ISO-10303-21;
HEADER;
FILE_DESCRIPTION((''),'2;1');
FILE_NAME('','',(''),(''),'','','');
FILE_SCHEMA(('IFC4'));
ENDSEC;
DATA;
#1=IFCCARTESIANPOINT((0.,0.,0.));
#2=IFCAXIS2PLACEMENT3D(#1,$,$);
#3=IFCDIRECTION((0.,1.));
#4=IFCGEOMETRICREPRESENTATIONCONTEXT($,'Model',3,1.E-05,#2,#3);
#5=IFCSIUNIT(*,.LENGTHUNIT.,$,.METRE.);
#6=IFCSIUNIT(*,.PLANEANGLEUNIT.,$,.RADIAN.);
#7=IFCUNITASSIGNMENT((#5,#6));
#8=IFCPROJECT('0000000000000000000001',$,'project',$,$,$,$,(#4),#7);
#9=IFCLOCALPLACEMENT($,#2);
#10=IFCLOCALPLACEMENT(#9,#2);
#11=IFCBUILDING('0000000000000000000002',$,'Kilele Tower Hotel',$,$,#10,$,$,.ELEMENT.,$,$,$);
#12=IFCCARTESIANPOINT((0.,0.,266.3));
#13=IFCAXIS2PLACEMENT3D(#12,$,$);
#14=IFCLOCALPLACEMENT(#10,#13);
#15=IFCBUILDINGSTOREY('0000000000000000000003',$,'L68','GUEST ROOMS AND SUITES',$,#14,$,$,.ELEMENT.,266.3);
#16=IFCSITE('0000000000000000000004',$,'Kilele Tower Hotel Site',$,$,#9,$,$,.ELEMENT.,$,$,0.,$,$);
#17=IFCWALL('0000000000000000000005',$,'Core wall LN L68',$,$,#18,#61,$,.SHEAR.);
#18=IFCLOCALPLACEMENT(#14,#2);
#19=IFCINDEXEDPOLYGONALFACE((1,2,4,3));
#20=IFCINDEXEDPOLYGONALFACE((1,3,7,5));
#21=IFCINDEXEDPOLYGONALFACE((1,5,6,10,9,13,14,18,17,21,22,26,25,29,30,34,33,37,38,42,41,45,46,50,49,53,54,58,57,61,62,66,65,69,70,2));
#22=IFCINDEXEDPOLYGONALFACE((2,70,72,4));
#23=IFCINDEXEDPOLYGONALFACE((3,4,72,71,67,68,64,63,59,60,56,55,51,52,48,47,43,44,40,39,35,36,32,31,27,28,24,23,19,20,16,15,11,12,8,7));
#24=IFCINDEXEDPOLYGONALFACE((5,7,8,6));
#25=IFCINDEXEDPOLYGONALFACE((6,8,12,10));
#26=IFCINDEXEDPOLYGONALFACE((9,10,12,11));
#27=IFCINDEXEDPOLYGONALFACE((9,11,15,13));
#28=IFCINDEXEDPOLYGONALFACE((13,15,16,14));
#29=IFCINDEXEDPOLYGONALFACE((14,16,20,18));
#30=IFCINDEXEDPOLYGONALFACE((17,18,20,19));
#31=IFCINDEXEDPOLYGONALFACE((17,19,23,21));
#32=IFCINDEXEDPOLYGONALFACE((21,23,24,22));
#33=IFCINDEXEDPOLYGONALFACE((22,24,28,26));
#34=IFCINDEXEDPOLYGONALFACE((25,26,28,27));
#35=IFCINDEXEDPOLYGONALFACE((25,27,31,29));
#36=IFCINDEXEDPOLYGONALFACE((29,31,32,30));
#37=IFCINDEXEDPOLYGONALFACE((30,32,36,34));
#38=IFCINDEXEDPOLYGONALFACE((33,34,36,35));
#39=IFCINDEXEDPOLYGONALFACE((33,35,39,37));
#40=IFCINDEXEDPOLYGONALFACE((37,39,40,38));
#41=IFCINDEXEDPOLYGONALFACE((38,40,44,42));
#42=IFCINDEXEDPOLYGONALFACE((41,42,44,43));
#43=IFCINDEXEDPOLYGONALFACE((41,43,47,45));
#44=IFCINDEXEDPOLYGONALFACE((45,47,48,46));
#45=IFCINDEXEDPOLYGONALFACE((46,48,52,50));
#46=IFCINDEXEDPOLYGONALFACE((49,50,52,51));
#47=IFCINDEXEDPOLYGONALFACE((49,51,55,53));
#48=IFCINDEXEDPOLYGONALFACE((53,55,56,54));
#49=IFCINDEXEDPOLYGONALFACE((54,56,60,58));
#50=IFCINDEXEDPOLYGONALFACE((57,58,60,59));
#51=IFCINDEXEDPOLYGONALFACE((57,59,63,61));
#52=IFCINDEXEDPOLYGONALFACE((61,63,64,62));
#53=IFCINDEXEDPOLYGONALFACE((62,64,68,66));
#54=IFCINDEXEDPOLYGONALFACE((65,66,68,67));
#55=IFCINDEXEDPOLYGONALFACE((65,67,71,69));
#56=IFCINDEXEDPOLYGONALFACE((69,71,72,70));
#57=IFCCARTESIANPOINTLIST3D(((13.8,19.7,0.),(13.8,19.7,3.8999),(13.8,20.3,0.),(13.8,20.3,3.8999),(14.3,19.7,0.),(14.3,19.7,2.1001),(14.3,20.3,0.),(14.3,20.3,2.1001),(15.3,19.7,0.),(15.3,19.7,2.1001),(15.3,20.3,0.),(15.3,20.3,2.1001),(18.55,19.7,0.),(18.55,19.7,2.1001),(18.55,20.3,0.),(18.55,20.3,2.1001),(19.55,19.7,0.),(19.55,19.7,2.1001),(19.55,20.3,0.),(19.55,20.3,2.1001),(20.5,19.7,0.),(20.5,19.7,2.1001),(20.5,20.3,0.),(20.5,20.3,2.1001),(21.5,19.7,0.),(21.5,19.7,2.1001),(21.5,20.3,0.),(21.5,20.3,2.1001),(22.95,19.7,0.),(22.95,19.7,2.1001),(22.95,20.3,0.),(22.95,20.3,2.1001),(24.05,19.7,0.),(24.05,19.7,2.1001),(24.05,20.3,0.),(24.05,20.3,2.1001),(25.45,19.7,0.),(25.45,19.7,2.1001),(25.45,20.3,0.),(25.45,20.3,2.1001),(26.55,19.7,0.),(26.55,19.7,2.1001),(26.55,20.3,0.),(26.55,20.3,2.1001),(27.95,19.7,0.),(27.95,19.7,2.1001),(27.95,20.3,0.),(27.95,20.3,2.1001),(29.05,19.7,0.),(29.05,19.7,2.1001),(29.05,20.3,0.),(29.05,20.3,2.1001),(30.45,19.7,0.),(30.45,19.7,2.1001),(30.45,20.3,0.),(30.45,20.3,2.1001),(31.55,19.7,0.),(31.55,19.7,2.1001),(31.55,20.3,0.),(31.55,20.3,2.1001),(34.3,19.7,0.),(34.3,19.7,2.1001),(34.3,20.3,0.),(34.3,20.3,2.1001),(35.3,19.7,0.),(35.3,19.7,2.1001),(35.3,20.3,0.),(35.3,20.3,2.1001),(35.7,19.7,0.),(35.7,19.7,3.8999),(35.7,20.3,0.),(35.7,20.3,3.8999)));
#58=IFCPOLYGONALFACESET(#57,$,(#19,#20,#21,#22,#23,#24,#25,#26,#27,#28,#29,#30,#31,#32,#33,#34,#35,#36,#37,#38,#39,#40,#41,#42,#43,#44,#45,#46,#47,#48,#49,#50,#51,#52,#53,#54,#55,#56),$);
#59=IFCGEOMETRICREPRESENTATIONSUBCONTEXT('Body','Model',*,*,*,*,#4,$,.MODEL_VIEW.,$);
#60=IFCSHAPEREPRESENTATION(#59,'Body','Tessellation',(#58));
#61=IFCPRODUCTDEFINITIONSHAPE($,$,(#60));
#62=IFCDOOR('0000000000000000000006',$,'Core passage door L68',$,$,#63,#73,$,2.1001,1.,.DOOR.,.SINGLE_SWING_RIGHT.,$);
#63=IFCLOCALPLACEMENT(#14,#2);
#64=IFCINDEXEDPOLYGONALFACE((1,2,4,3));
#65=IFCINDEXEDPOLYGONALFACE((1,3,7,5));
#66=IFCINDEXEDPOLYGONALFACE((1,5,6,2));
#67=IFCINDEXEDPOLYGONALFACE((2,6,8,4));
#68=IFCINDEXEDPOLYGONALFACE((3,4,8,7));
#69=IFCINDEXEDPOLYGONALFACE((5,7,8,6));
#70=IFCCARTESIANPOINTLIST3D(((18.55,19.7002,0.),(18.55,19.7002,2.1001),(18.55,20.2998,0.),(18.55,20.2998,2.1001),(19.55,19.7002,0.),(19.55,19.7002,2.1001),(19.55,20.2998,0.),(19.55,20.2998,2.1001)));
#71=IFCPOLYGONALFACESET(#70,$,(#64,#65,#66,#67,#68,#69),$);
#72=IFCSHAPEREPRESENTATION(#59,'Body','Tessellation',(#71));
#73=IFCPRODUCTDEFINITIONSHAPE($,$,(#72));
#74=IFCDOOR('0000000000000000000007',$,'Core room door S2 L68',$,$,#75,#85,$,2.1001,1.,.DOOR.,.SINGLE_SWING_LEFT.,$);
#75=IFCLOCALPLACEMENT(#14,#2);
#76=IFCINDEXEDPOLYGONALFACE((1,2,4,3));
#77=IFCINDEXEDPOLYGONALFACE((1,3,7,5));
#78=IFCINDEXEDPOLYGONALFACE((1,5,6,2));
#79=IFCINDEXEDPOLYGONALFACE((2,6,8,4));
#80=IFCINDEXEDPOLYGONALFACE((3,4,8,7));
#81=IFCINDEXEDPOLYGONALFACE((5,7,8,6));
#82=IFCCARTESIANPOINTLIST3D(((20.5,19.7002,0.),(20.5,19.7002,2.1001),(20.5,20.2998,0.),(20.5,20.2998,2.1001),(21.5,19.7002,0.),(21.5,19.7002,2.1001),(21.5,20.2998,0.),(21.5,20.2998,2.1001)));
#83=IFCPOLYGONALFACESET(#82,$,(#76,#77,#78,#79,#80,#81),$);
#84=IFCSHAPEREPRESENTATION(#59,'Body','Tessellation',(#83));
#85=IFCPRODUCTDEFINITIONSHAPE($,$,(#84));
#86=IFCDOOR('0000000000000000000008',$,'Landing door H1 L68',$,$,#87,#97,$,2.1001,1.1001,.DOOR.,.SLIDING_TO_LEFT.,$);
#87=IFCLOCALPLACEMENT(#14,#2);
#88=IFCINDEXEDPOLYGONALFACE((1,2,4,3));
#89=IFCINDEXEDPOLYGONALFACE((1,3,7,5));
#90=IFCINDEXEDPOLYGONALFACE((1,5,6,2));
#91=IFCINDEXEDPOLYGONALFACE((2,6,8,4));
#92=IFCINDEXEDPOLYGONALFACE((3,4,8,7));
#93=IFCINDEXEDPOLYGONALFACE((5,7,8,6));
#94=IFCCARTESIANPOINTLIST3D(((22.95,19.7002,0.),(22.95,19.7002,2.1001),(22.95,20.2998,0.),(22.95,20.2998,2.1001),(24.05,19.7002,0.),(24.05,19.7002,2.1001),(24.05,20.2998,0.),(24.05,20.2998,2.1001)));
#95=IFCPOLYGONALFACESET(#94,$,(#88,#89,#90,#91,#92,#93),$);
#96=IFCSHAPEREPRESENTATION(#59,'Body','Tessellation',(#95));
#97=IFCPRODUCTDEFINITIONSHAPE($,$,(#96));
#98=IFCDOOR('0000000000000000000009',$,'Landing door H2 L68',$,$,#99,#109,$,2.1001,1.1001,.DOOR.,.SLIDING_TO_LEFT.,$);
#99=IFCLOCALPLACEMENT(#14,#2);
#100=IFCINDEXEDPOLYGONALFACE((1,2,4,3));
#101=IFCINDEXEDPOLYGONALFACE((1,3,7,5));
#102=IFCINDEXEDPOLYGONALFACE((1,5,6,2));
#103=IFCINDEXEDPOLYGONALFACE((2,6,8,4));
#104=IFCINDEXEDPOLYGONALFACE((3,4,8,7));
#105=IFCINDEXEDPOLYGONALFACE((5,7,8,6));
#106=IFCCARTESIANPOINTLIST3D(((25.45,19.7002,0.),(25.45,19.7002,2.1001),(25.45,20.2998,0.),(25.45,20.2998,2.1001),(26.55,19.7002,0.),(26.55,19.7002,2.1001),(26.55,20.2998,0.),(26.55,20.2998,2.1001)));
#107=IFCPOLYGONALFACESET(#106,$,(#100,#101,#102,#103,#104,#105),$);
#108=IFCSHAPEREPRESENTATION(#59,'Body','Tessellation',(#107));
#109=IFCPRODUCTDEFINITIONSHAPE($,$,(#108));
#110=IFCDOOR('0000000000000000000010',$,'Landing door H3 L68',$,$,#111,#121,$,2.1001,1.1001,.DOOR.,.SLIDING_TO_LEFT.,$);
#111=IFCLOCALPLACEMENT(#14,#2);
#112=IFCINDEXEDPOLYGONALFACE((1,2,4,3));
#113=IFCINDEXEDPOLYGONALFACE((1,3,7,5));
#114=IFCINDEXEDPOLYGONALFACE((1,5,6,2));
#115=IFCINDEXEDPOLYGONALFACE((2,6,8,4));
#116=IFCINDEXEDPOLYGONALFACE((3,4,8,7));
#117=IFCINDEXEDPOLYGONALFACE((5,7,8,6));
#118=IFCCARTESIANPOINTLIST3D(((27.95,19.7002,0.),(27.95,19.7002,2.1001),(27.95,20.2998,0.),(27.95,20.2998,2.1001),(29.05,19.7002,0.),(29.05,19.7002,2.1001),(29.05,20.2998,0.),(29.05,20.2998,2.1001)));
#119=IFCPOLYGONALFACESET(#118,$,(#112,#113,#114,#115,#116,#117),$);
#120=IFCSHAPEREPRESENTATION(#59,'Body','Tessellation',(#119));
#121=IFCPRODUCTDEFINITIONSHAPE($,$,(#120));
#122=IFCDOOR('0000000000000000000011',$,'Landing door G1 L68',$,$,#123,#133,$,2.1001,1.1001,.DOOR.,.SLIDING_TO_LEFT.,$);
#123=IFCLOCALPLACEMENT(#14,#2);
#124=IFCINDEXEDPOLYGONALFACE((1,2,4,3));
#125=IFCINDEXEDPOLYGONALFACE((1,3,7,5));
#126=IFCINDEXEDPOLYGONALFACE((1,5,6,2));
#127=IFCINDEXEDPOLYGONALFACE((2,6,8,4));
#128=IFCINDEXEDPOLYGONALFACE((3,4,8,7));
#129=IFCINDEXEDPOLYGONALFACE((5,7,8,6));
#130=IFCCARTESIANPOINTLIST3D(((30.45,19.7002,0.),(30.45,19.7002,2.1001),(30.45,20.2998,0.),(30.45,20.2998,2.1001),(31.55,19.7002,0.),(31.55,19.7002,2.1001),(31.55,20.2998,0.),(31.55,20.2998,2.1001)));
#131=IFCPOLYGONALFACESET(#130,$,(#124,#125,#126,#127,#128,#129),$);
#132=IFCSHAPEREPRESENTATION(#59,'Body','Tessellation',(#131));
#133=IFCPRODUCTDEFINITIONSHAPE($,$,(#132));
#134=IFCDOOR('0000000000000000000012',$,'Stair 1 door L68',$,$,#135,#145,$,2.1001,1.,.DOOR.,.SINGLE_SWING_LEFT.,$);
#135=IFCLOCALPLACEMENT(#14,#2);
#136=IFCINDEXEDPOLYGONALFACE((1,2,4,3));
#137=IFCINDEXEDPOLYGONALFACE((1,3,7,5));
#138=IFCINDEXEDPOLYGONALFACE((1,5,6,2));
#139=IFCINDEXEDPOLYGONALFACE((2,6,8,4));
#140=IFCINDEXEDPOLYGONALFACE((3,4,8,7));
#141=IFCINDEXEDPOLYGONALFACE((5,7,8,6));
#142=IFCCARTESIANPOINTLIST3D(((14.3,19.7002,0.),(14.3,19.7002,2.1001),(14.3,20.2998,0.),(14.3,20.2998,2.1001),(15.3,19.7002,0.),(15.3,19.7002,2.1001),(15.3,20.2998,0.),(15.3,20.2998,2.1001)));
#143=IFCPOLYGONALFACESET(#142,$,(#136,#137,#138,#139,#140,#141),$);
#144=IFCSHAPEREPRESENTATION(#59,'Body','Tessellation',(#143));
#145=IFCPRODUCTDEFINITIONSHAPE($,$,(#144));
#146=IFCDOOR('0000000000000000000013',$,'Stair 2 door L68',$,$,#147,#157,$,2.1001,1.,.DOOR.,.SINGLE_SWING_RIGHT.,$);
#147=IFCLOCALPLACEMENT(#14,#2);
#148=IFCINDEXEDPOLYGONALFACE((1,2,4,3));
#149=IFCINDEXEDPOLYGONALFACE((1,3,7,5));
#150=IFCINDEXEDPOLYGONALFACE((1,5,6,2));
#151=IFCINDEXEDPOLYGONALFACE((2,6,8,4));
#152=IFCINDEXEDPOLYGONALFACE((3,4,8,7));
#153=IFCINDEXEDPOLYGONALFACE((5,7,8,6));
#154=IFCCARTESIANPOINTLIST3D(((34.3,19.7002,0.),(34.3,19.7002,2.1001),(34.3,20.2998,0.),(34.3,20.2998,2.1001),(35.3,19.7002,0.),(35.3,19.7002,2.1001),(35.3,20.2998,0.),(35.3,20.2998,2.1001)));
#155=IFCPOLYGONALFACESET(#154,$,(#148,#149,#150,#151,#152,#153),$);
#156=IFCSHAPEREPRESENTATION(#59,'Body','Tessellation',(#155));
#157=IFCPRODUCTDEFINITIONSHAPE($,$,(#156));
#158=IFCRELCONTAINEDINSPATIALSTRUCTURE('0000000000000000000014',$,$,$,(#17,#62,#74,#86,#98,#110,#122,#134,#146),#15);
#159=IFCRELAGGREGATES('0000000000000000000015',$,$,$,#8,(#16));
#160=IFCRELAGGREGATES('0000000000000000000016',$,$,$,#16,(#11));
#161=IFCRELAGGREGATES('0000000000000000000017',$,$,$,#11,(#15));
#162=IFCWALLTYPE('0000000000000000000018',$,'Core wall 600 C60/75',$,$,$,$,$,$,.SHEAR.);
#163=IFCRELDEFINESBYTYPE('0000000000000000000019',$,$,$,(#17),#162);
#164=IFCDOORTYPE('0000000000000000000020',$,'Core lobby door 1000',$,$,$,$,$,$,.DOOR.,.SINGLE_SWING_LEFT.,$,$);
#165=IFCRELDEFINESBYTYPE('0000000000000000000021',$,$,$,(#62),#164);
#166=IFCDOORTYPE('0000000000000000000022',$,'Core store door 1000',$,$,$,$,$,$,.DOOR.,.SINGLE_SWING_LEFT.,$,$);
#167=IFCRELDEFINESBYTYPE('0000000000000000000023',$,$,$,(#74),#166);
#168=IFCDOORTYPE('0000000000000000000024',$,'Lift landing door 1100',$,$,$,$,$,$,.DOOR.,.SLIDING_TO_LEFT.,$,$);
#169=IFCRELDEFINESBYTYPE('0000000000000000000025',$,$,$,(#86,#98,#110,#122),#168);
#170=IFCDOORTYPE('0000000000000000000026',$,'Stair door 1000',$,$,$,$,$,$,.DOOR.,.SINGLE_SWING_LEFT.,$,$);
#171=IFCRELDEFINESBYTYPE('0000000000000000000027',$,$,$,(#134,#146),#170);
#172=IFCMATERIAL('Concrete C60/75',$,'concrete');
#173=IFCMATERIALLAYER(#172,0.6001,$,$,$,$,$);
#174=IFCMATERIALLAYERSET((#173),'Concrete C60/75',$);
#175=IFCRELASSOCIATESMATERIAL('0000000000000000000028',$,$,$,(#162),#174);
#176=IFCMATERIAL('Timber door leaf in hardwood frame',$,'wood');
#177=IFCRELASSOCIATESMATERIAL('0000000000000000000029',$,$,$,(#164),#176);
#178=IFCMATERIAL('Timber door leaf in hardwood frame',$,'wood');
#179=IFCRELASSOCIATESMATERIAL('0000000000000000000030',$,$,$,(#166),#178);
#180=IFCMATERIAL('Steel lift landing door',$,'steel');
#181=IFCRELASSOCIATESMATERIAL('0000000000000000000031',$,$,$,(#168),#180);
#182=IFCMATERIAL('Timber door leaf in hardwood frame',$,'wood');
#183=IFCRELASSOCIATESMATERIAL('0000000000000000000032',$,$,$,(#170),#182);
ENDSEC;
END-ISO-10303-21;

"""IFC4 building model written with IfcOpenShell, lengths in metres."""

from ifc_helpers import new_model, si_unit, direction, frame, frame_2d, origin, place, context, subcontext, project, spatial, rectangle, extrude, material, layer, layer_set, type_object, element, fill, save


model = new_model("IFC4")

# Units and contexts
model_context = context("Model", 3, precision=1e-05, world=origin(), true_north=direction((0.0, 1.0)))
body_context = subcontext(model_context, "Body", "Model", "MODEL_VIEW")
ifc_project = project(units=[si_unit("LENGTHUNIT", "METRE"), si_unit("PLANEANGLEUNIT", "RADIAN")], contexts=[model_context])

# Site, building, storey
site_placement = place(None, origin())
site = spatial("IfcSite", under=ifc_project, at=site_placement, Name="Kilele Tower Hotel Site", CompositionType="ELEMENT", RefElevation=0.0)
building_placement = place(site_placement, origin())
building = spatial("IfcBuilding", under=site, at=building_placement, Name="Kilele Tower Hotel", CompositionType="ELEMENT")
storey_placement = place(building_placement, frame((0.0, 0.0, 266.3)))
storey = spatial("IfcBuildingStorey", under=building, at=storey_placement, Name="L68", Description="GUEST ROOMS AND SUITES", CompositionType="ELEMENT", Elevation=266.3)

# Wall, openings, doors
ifc_material_1 = material(Name="Concrete C60/75", Category="concrete")
ifc_layer_1 = layer(ifc_material_1, 0.6001)
ifc_layer_set_1 = layer_set([ifc_layer_1], Name="Concrete C60/75")
wall_type_1 = type_object("IfcWallType", Name="Core wall 600 C60/75", PredefinedType="SHEAR", material=ifc_layer_set_1)
wall_1_placement = place(storey_placement, frame((13.8, 20.0, 0.0), z_axis=(0.0, 0.0, 1.0), x_axis=(1.0, 0.0, 0.0)))
wall_1 = element("IfcWall", 1, at=wall_1_placement, inside=storey, type_object=wall_type_1, Name="Core wall LN L68", PredefinedType="SHEAR", context=body_context, shape_type="SweptSolid", body=[
    extrude(rectangle(XDim=21.8999, YDim=0.6001, at=frame_2d((10.95, 0.0))), origin(), (0.0, 0.0, 1.0), 3.8999),
])
opening_1_placement = place(wall_1_placement, frame((0.5, 0.0, 0.0)))
opening_1 = element("IfcOpeningElement", 2, at=opening_1_placement, cuts=wall_1, PredefinedType="OPENING", context=body_context, shape_type="SweptSolid", body=[
    extrude(rectangle(XDim=1.0, YDim=2.1001, at=frame_2d((0.5, 1.05))), frame((0.0, 0.3101, 0.0), z_axis=(0.0, -1.0, 0.0), x_axis=(1.0, 0.0, 0.0)), (0.0, 0.0, 1.0), 0.6201),
])
opening_2_placement = place(wall_1_placement, frame((20.5, 0.0, 0.0)))
opening_2 = element("IfcOpeningElement", 3, at=opening_2_placement, cuts=wall_1, PredefinedType="OPENING", context=body_context, shape_type="SweptSolid", body=[
    extrude(rectangle(XDim=1.0, YDim=2.1001, at=frame_2d((0.5, 1.05))), frame((0.0, 0.3101, 0.0), z_axis=(0.0, -1.0, 0.0), x_axis=(1.0, 0.0, 0.0)), (0.0, 0.0, 1.0), 0.6201),
])
opening_3_placement = place(wall_1_placement, frame((9.1499, 0.0, 0.0)))
opening_3 = element("IfcOpeningElement", 4, at=opening_3_placement, cuts=wall_1, PredefinedType="OPENING", context=body_context, shape_type="SweptSolid", body=[
    extrude(rectangle(XDim=1.1001, YDim=2.1001, at=frame_2d((0.55, 1.05))), frame((0.0, 0.3101, 0.0), z_axis=(0.0, -1.0, 0.0), x_axis=(1.0, 0.0, 0.0)), (0.0, 0.0, 1.0), 0.6201),
])
opening_4_placement = place(wall_1_placement, frame((11.6499, 0.0, 0.0)))
opening_4 = element("IfcOpeningElement", 5, at=opening_4_placement, cuts=wall_1, PredefinedType="OPENING", context=body_context, shape_type="SweptSolid", body=[
    extrude(rectangle(XDim=1.1001, YDim=2.1001, at=frame_2d((0.55, 1.05))), frame((0.0, 0.3101, 0.0), z_axis=(0.0, -1.0, 0.0), x_axis=(1.0, 0.0, 0.0)), (0.0, 0.0, 1.0), 0.6201),
])
opening_5_placement = place(wall_1_placement, frame((14.1499, 0.0, 0.0)))
opening_5 = element("IfcOpeningElement", 6, at=opening_5_placement, cuts=wall_1, PredefinedType="OPENING", context=body_context, shape_type="SweptSolid", body=[
    extrude(rectangle(XDim=1.1001, YDim=2.1001, at=frame_2d((0.55, 1.05))), frame((0.0, 0.3101, 0.0), z_axis=(0.0, -1.0, 0.0), x_axis=(1.0, 0.0, 0.0)), (0.0, 0.0, 1.0), 0.6201),
])
opening_6_placement = place(wall_1_placement, frame((16.6499, 0.0, 0.0)))
opening_6 = element("IfcOpeningElement", 7, at=opening_6_placement, cuts=wall_1, PredefinedType="OPENING", context=body_context, shape_type="SweptSolid", body=[
    extrude(rectangle(XDim=1.1001, YDim=2.1001, at=frame_2d((0.55, 1.05))), frame((0.0, 0.3101, 0.0), z_axis=(0.0, -1.0, 0.0), x_axis=(1.0, 0.0, 0.0)), (0.0, 0.0, 1.0), 0.6201),
])
opening_7_placement = place(wall_1_placement, frame((5.75, 0.0, 0.0), z_axis=(0.0, 0.0, 1.0), x_axis=(-1.0, 0.0, 0.0)))
opening_7 = element("IfcOpeningElement", 8, at=opening_7_placement, cuts=wall_1, PredefinedType="OPENING", context=body_context, shape_type="SweptSolid", body=[
    extrude(rectangle(XDim=1.0, YDim=2.1001, at=frame_2d((0.5, 1.05))), frame((0.0, 0.3101, 0.0), z_axis=(0.0, -1.0, 0.0), x_axis=(1.0, 0.0, 0.0)), (0.0, 0.0, 1.0), 0.6201),
])
opening_8_placement = place(wall_1_placement, frame((6.7, 0.0, 0.0)))
opening_8 = element("IfcOpeningElement", 9, at=opening_8_placement, cuts=wall_1, PredefinedType="OPENING", context=body_context, shape_type="SweptSolid", body=[
    extrude(rectangle(XDim=1.0, YDim=2.1001, at=frame_2d((0.5, 1.05))), frame((0.0, 0.3101, 0.0), z_axis=(0.0, -1.0, 0.0), x_axis=(1.0, 0.0, 0.0)), (0.0, 0.0, 1.0), 0.6201),
])
ifc_material_2 = material(Name="Timber door leaf in hardwood frame", Category="wood")
door_type_1 = type_object("IfcDoorType", Name="Core lobby door 1000", OperationType="SINGLE_SWING_LEFT", PredefinedType="DOOR", material=ifc_material_2)
door_1_placement = place(opening_7_placement, origin())
door_1 = element("IfcDoor", 10, at=door_1_placement, inside=storey, type_object=door_type_1, Name="Core passage door L68", OperationType="SINGLE_SWING_RIGHT", OverallHeight=2.1001, OverallWidth=1.0, PredefinedType="DOOR", context=body_context, shape_type="SweptSolid", body=[
    extrude(rectangle(XDim=1.0, YDim=2.1001, at=frame_2d((0.5, 1.05))), frame((0.0, 0.2998, 0.0), z_axis=(0.0, -1.0, 0.0), x_axis=(1.0, 0.0, 0.0)), (0.0, 0.0, 1.0), 0.5996),
])
fill(opening_7, door_1)
ifc_material_3 = material(Name="Timber door leaf in hardwood frame", Category="wood")
door_type_2 = type_object("IfcDoorType", Name="Core store door 1000", OperationType="SINGLE_SWING_LEFT", PredefinedType="DOOR", material=ifc_material_3)
door_2_placement = place(opening_8_placement, origin())
door_2 = element("IfcDoor", 11, at=door_2_placement, inside=storey, type_object=door_type_2, Name="Core room door S2 L68", OperationType="SINGLE_SWING_LEFT", OverallHeight=2.1001, OverallWidth=1.0, PredefinedType="DOOR", context=body_context, shape_type="SweptSolid", body=[
    extrude(rectangle(XDim=1.0, YDim=2.1001, at=frame_2d((0.5, 1.05))), frame((0.0, 0.2998, 0.0), z_axis=(0.0, -1.0, 0.0), x_axis=(1.0, 0.0, 0.0)), (0.0, 0.0, 1.0), 0.5996),
])
fill(opening_8, door_2)
ifc_material_4 = material(Name="Steel lift landing door", Category="steel")
door_type_3 = type_object("IfcDoorType", Name="Lift landing door 1100", OperationType="SLIDING_TO_LEFT", PredefinedType="DOOR", material=ifc_material_4)
door_3_placement = place(opening_3_placement, origin())
door_3 = element("IfcDoor", 12, at=door_3_placement, inside=storey, type_object=door_type_3, Name="Landing door H1 L68", OperationType="SLIDING_TO_LEFT", OverallHeight=2.1001, OverallWidth=1.1001, PredefinedType="DOOR", context=body_context, shape_type="SweptSolid", body=[
    extrude(rectangle(XDim=1.1001, YDim=2.1001, at=frame_2d((0.55, 1.05))), frame((0.0, 0.2998, 0.0), z_axis=(0.0, -1.0, 0.0), x_axis=(1.0, 0.0, 0.0)), (0.0, 0.0, 1.0), 0.5996),
])
fill(opening_3, door_3)
door_4_placement = place(opening_4_placement, origin())
door_4 = element("IfcDoor", 13, at=door_4_placement, inside=storey, type_object=door_type_3, Name="Landing door H2 L68", OperationType="SLIDING_TO_LEFT", OverallHeight=2.1001, OverallWidth=1.1001, PredefinedType="DOOR", context=body_context, shape_type="SweptSolid", body=[
    extrude(rectangle(XDim=1.1001, YDim=2.1001, at=frame_2d((0.55, 1.05))), frame((0.0, 0.2998, 0.0), z_axis=(0.0, -1.0, 0.0), x_axis=(1.0, 0.0, 0.0)), (0.0, 0.0, 1.0), 0.5996),
])
fill(opening_4, door_4)
door_5_placement = place(opening_5_placement, origin())
door_5 = element("IfcDoor", 14, at=door_5_placement, inside=storey, type_object=door_type_3, Name="Landing door H3 L68", OperationType="SLIDING_TO_LEFT", OverallHeight=2.1001, OverallWidth=1.1001, PredefinedType="DOOR", context=body_context, shape_type="SweptSolid", body=[
    extrude(rectangle(XDim=1.1001, YDim=2.1001, at=frame_2d((0.55, 1.05))), frame((0.0, 0.2998, 0.0), z_axis=(0.0, -1.0, 0.0), x_axis=(1.0, 0.0, 0.0)), (0.0, 0.0, 1.0), 0.5996),
])
fill(opening_5, door_5)
door_6_placement = place(opening_6_placement, origin())
door_6 = element("IfcDoor", 15, at=door_6_placement, inside=storey, type_object=door_type_3, Name="Landing door G1 L68", OperationType="SLIDING_TO_LEFT", OverallHeight=2.1001, OverallWidth=1.1001, PredefinedType="DOOR", context=body_context, shape_type="SweptSolid", body=[
    extrude(rectangle(XDim=1.1001, YDim=2.1001, at=frame_2d((0.55, 1.05))), frame((0.0, 0.2998, 0.0), z_axis=(0.0, -1.0, 0.0), x_axis=(1.0, 0.0, 0.0)), (0.0, 0.0, 1.0), 0.5996),
])
fill(opening_6, door_6)
ifc_material_5 = material(Name="Timber door leaf in hardwood frame", Category="wood")
door_type_4 = type_object("IfcDoorType", Name="Stair door 1000", OperationType="SINGLE_SWING_LEFT", PredefinedType="DOOR", material=ifc_material_5)
door_7_placement = place(opening_1_placement, origin())
door_7 = element("IfcDoor", 16, at=door_7_placement, inside=storey, type_object=door_type_4, Name="Stair 1 door L68", OperationType="SINGLE_SWING_LEFT", OverallHeight=2.1001, OverallWidth=1.0, PredefinedType="DOOR", context=body_context, shape_type="SweptSolid", body=[
    extrude(rectangle(XDim=1.0, YDim=2.1001, at=frame_2d((0.5, 1.05))), frame((0.0, 0.2998, 0.0), z_axis=(0.0, -1.0, 0.0), x_axis=(1.0, 0.0, 0.0)), (0.0, 0.0, 1.0), 0.5996),
])
fill(opening_1, door_7)
door_8_placement = place(opening_2_placement, origin())
door_8 = element("IfcDoor", 17, at=door_8_placement, inside=storey, type_object=door_type_4, Name="Stair 2 door L68", OperationType="SINGLE_SWING_RIGHT", OverallHeight=2.1001, OverallWidth=1.0, PredefinedType="DOOR", context=body_context, shape_type="SweptSolid", body=[
    extrude(rectangle(XDim=1.0, YDim=2.1001, at=frame_2d((0.5, 1.05))), frame((0.0, 0.2998, 0.0), z_axis=(0.0, -1.0, 0.0), x_axis=(1.0, 0.0, 0.0)), (0.0, 0.0, 1.0), 0.5996),
])
fill(opening_2, door_8)

save(model, "model.ifc")
